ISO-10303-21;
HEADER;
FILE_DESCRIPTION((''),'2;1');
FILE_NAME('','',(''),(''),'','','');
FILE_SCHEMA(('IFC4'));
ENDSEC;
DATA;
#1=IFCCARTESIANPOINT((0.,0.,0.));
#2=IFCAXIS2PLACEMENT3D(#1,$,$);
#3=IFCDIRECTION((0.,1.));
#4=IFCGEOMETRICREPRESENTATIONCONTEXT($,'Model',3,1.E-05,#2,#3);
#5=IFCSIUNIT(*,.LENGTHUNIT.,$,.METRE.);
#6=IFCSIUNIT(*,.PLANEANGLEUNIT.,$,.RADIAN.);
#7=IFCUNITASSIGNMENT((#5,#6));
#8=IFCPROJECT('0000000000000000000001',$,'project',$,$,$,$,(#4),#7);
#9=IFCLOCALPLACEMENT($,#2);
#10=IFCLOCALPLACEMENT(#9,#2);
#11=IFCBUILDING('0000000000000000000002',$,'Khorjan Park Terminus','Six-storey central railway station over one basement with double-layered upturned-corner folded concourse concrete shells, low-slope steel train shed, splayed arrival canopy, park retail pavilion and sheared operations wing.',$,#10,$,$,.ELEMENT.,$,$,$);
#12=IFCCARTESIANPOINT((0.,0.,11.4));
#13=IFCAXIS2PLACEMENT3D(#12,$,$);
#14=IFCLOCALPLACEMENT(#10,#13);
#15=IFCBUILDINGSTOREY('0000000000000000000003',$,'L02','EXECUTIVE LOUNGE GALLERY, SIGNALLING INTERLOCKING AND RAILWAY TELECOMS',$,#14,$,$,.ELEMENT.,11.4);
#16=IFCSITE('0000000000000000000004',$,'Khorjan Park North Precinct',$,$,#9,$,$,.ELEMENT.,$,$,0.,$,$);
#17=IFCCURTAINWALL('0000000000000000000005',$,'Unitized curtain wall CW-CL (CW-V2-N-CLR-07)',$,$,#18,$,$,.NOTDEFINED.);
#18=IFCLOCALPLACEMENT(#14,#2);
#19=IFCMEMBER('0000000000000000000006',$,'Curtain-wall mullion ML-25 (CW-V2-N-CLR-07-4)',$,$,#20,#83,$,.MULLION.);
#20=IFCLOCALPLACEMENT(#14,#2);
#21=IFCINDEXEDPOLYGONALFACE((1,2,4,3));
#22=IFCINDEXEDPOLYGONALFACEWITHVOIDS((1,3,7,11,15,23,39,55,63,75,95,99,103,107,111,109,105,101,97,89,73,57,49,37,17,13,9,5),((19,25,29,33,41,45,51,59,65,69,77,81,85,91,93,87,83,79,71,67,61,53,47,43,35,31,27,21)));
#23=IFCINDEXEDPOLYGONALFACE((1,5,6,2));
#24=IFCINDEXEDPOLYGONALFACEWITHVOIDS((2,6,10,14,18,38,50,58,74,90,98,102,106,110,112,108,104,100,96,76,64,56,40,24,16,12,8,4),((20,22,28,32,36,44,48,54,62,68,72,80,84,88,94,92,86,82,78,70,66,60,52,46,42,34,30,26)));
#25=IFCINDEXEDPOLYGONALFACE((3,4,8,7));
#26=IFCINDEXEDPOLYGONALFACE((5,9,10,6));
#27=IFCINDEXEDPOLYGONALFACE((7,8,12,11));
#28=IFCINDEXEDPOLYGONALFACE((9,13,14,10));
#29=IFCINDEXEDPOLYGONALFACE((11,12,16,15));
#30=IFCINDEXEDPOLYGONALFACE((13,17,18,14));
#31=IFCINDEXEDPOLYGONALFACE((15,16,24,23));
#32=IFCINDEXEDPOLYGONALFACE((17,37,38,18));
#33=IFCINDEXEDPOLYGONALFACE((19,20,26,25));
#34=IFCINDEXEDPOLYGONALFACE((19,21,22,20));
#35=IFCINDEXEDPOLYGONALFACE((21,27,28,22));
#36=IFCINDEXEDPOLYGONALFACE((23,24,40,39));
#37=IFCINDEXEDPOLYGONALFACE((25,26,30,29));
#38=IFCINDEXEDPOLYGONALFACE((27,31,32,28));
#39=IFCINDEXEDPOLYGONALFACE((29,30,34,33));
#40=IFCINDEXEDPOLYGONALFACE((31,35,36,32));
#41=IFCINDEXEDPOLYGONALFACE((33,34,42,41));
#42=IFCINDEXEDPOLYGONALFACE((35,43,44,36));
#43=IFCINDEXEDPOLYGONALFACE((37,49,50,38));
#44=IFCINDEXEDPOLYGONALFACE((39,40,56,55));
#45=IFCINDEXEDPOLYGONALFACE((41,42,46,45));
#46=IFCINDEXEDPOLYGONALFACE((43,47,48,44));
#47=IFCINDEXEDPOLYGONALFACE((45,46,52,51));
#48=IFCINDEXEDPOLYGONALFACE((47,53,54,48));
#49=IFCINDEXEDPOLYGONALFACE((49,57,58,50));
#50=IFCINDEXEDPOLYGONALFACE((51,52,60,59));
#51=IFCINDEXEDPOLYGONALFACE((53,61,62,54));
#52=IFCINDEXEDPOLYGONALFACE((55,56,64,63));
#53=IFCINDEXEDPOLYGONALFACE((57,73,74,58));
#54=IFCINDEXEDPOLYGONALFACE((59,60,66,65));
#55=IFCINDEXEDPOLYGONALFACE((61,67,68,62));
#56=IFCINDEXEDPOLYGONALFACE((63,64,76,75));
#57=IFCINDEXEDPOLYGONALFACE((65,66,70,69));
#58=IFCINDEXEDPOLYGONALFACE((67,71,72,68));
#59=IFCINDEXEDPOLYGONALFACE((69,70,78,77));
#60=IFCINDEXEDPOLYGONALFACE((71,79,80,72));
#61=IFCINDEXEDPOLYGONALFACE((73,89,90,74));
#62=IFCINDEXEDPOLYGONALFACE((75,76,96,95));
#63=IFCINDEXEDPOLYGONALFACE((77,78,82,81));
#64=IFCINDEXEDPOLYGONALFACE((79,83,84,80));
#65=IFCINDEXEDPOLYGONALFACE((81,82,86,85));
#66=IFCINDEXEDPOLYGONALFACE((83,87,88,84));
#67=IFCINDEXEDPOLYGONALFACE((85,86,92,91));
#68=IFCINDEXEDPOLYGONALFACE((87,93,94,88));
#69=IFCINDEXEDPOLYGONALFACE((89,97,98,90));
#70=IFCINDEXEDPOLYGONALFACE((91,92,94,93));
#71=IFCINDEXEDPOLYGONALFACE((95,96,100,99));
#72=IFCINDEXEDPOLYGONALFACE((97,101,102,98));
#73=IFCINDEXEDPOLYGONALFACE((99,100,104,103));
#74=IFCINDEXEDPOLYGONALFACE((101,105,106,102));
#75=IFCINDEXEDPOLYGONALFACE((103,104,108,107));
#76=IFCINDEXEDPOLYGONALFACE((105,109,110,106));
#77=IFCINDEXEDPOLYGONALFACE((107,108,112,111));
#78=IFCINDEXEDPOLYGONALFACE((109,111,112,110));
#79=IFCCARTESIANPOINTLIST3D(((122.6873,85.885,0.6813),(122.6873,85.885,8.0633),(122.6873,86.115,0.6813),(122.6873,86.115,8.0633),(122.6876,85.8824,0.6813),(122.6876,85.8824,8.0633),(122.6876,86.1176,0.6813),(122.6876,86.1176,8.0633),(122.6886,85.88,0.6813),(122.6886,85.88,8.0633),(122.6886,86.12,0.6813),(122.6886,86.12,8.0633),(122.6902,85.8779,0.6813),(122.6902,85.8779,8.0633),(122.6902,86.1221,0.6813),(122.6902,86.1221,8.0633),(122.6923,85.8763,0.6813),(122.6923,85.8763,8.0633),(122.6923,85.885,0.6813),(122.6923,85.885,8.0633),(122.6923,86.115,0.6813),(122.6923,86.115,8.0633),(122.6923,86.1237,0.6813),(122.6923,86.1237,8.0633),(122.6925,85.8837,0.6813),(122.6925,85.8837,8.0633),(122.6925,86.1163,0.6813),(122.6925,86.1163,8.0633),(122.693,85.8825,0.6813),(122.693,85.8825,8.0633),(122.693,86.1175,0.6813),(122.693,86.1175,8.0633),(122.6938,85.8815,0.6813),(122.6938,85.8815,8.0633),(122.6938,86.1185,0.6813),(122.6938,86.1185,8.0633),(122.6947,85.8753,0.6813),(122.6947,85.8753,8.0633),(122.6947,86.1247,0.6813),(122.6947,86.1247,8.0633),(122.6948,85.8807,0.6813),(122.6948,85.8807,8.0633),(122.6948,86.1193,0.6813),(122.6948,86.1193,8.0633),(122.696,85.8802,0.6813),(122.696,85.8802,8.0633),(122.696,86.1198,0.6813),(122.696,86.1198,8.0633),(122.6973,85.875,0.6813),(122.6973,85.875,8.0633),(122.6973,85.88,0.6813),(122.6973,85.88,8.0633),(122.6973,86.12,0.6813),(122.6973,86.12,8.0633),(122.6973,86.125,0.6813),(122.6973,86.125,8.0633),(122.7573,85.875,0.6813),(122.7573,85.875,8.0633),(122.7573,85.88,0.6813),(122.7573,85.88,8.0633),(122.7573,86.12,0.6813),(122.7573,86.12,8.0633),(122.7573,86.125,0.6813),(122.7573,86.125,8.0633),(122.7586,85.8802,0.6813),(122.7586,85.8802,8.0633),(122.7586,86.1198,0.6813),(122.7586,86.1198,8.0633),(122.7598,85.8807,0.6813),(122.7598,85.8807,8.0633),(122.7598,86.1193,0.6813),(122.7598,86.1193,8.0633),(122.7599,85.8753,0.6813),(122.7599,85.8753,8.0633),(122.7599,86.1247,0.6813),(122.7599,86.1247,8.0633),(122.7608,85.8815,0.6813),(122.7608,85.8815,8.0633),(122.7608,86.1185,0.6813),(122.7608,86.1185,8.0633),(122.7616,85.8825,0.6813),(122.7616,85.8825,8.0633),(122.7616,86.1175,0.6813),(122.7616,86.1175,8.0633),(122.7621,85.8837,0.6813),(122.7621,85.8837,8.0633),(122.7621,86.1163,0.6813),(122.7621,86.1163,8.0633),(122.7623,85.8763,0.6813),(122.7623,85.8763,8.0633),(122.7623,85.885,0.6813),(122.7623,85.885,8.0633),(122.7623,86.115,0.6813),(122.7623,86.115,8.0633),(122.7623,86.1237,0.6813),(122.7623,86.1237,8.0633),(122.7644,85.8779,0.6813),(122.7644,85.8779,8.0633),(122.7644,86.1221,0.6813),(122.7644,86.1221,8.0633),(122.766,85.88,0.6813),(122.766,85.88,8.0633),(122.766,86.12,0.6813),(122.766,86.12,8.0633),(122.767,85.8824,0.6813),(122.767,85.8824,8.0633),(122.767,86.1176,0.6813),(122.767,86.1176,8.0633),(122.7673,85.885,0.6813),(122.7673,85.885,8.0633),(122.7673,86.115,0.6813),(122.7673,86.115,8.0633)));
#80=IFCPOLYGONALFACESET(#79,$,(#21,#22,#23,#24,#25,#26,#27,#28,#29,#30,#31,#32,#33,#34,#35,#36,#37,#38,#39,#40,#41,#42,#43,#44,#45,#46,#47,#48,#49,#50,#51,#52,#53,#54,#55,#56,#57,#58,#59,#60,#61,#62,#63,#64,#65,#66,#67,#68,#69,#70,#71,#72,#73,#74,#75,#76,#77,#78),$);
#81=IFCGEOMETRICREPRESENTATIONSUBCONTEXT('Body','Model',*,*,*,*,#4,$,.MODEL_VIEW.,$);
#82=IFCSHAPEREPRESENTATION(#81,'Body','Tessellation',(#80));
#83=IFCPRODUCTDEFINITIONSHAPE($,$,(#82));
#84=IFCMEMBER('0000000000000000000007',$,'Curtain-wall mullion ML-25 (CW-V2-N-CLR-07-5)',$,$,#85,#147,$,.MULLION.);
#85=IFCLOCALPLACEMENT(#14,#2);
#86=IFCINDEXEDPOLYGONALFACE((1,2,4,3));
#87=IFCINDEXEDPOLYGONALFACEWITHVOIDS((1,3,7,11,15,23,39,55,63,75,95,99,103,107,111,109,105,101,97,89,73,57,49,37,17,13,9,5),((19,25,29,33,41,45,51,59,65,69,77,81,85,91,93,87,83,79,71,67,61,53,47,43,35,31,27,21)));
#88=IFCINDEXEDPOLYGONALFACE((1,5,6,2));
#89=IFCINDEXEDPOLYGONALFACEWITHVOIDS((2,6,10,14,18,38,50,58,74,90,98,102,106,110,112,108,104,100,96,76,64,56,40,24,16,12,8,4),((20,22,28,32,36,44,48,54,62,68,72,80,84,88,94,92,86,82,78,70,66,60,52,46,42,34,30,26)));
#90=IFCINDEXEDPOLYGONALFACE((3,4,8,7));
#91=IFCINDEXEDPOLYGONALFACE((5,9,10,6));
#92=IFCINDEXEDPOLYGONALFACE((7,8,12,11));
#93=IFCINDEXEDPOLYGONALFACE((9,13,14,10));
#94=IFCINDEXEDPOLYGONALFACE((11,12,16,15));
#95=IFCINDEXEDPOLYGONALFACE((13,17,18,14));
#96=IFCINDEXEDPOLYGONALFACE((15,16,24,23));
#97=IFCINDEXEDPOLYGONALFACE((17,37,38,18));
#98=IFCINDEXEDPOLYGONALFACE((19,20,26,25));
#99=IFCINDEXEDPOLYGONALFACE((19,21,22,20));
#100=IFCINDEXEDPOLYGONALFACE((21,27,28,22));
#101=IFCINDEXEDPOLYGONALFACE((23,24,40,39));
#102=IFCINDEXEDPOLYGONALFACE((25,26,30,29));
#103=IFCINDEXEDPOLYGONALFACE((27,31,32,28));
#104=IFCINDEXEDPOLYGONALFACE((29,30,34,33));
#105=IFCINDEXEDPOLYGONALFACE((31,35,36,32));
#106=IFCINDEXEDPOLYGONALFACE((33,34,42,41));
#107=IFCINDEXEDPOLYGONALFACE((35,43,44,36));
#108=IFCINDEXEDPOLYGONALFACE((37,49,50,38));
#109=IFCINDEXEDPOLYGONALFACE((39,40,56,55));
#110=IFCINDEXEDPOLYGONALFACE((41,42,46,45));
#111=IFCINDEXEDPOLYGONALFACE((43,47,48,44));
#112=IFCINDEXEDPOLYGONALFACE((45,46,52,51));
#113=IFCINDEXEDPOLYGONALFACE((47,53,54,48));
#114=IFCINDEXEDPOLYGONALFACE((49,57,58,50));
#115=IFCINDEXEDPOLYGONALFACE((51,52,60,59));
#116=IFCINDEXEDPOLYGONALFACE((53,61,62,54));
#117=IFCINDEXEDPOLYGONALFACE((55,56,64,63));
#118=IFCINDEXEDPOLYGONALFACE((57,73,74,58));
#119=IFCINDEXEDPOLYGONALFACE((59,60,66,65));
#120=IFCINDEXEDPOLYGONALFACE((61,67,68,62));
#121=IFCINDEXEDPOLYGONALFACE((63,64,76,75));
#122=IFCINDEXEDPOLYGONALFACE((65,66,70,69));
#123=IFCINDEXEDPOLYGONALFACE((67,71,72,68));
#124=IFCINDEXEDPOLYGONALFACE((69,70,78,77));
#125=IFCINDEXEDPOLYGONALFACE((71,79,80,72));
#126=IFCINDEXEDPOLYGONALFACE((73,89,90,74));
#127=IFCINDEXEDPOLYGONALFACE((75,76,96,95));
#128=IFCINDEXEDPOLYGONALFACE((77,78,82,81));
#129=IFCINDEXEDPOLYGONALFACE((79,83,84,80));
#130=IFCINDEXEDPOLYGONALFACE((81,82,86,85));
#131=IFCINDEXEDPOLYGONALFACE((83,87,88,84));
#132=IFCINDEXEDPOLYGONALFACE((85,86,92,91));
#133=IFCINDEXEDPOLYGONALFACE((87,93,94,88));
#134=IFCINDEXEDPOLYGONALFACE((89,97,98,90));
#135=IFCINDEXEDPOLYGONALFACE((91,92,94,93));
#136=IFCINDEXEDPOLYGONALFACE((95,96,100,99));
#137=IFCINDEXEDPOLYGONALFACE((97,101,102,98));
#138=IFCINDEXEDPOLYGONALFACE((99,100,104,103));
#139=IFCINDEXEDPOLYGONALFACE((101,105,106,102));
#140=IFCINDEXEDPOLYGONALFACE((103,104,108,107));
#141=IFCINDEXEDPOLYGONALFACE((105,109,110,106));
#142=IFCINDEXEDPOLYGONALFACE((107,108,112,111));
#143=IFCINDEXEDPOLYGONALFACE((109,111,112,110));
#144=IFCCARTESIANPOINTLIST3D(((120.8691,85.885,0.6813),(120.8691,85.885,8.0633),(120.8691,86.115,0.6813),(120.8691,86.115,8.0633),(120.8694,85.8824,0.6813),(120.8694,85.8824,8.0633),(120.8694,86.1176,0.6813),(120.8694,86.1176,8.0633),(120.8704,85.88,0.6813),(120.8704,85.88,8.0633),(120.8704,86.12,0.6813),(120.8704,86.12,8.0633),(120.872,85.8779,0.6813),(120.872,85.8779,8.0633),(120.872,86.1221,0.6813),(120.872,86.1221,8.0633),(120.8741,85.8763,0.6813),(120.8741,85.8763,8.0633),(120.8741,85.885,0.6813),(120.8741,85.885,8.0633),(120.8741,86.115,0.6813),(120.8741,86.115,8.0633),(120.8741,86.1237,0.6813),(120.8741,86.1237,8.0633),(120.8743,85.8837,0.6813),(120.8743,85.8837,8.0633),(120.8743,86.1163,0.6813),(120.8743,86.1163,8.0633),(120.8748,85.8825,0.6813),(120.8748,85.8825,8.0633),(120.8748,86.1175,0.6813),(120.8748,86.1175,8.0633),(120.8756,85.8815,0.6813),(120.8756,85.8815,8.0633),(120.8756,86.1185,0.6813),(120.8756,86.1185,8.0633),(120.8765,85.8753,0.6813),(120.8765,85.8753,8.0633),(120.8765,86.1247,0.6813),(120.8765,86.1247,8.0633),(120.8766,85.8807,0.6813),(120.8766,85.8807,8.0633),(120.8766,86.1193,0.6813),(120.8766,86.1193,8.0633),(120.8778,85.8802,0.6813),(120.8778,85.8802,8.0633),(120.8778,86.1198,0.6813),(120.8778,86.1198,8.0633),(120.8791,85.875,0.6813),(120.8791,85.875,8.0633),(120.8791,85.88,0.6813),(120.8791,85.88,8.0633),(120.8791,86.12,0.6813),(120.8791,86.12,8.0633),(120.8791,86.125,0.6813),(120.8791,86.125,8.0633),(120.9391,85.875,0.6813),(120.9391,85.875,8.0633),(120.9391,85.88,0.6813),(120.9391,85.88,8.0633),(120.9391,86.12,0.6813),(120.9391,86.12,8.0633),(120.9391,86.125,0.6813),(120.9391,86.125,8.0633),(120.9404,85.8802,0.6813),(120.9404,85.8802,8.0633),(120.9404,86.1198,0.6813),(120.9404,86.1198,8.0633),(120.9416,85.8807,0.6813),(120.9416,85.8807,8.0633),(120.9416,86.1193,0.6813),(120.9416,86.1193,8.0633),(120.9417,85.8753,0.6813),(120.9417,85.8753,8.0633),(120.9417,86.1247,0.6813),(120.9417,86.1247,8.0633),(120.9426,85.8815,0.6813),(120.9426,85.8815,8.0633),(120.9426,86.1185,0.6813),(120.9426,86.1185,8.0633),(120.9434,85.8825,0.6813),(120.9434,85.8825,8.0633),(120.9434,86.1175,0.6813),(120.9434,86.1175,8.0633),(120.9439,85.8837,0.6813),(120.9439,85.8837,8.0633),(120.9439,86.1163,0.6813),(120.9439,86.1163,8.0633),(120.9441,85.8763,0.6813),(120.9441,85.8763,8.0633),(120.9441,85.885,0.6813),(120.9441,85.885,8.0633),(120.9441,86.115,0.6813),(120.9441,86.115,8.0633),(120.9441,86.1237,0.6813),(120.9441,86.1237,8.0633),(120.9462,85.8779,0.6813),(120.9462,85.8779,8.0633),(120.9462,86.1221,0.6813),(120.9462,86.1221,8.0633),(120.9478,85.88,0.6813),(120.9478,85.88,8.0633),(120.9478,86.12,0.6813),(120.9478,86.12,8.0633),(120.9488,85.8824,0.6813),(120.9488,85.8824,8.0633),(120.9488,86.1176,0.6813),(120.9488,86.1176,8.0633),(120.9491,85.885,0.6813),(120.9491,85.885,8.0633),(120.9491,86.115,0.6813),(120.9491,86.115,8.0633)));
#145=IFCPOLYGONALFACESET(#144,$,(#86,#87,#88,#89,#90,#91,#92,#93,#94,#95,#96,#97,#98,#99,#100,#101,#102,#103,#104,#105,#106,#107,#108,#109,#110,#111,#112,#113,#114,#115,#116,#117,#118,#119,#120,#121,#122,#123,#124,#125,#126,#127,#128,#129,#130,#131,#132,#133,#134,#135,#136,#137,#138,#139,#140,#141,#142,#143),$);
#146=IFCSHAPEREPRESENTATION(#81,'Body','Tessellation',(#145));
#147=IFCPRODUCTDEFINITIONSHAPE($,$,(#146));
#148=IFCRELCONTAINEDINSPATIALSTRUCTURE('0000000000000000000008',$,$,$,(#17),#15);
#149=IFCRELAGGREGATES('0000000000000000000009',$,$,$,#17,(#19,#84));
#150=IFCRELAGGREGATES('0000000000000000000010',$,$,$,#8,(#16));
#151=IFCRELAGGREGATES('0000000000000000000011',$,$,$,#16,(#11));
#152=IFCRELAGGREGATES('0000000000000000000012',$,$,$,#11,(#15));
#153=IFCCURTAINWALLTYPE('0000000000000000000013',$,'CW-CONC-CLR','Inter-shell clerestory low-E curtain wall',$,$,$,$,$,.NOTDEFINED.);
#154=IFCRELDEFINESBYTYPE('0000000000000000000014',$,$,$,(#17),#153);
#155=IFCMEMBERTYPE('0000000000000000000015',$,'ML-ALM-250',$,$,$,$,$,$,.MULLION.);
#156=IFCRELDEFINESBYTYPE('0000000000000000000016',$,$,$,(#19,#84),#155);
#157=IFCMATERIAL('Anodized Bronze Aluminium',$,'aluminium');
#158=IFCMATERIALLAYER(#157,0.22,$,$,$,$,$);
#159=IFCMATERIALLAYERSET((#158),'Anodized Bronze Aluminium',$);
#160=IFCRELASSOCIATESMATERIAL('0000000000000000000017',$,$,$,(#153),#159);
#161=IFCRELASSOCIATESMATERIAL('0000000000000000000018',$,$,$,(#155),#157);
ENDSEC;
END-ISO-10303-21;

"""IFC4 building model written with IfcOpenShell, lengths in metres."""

from ifc_helpers import new_model, si_unit, direction, frame, origin, origin_2d, place, context, subcontext, project, spatial, hollow_rectangle, extrude, material, layer, layer_set, material_profile, profile_set, type_object, element, aggregate, save


model = new_model("IFC4")

# Units and contexts
model_context = context("Model", 3, precision=1e-05, world=origin(), true_north=direction((0.0, 1.0)))
body_context = subcontext(model_context, "Body", "Model", "MODEL_VIEW")
ifc_project = project(units=[si_unit("LENGTHUNIT", "METRE"), si_unit("PLANEANGLEUNIT", "RADIAN")], contexts=[model_context])

# Site, building, storey
site_placement = place(None, origin())
site = spatial("IfcSite", under=ifc_project, at=site_placement, Name="Khorjan Park North Precinct", CompositionType="ELEMENT", RefElevation=0.0)
building_placement = place(site_placement, origin())
building = spatial("IfcBuilding", under=site, at=building_placement, Name="Khorjan Park Terminus", Description="Six-storey central railway station over one basement with double-layered upturned-corner folded concourse concrete shells, low-slope steel train shed, splayed arrival canopy, park retail pavilion and sheared operations wing.", CompositionType="ELEMENT")
storey_placement = place(building_placement, frame((0.0, 0.0, 11.4)))
storey = spatial("IfcBuildingStorey", under=building, at=storey_placement, Name="L02", Description="EXECUTIVE LOUNGE GALLERY, SIGNALLING INTERLOCKING AND RAILWAY TELECOMS", CompositionType="ELEMENT", Elevation=11.4)

# Curtain wall, members
ifc_material_1 = material(Name="Anodized Bronze Aluminium", Category="aluminium")
ifc_layer_1 = layer(ifc_material_1, 0.22)
ifc_layer_set_1 = layer_set([ifc_layer_1], Name="Anodized Bronze Aluminium")
curtain_wall_type = type_object("IfcCurtainWallType", Name="CW-CONC-CLR", Description="Inter-shell clerestory low-E curtain wall", PredefinedType="NOTDEFINED", material=ifc_layer_set_1)
curtain_wall_placement = place(storey_placement, origin())
curtain_wall = element("IfcCurtainWall", 1, at=curtain_wall_placement, inside=storey, type_object=curtain_wall_type, Name="Unitized curtain wall CW-CL (CW-V2-N-CLR-07)", PredefinedType="NOTDEFINED")
ifc_material_profile_1 = material_profile(ifc_material_1, hollow_rectangle(XDim=0.08, YDim=0.25, WallThickness=0.005, InnerFilletRadius=0.005, OuterFilletRadius=0.01, at=origin_2d()), Name="ALM 80x250x5")
ifc_profile_set_1 = profile_set([ifc_material_profile_1], Name="Anodized Bronze Aluminium")
member_type_1 = type_object("IfcMemberType", Name="ML-ALM-250", PredefinedType="MULLION", material=ifc_profile_set_1)
member_1_placement = place(storey_placement, frame((122.7273, 86.0, 0.6813), z_axis=(0.0, 0.0, 1.0), x_axis=(-1.0, 0.0, 0.0)))
member_1 = element("IfcMember", 2, at=member_1_placement, type_object=member_type_1, Name="Curtain-wall mullion ML-25 (CW-V2-N-CLR-07-4)", PredefinedType="MULLION", context=body_context, shape_type="SweptSolid", body=[
    extrude(hollow_rectangle(XDim=0.08, YDim=0.25, WallThickness=0.005, InnerFilletRadius=0.005, OuterFilletRadius=0.01, at=origin_2d()), origin(), (0.0, 0.0, 1.0), 7.382),
])
member_2_placement = place(storey_placement, frame((120.9091, 86.0, 0.6813), z_axis=(0.0, 0.0, 1.0), x_axis=(-1.0, 0.0, 0.0)))
member_2 = element("IfcMember", 3, at=member_2_placement, type_object=member_type_1, Name="Curtain-wall mullion ML-25 (CW-V2-N-CLR-07-5)", PredefinedType="MULLION", context=body_context, shape_type="SweptSolid", body=[
    extrude(hollow_rectangle(XDim=0.08, YDim=0.25, WallThickness=0.005, InnerFilletRadius=0.005, OuterFilletRadius=0.01, at=origin_2d()), origin(), (0.0, 0.0, 1.0), 7.382),
])

aggregate(curtain_wall, [member_1, member_2])

save(model, "model.ifc")
